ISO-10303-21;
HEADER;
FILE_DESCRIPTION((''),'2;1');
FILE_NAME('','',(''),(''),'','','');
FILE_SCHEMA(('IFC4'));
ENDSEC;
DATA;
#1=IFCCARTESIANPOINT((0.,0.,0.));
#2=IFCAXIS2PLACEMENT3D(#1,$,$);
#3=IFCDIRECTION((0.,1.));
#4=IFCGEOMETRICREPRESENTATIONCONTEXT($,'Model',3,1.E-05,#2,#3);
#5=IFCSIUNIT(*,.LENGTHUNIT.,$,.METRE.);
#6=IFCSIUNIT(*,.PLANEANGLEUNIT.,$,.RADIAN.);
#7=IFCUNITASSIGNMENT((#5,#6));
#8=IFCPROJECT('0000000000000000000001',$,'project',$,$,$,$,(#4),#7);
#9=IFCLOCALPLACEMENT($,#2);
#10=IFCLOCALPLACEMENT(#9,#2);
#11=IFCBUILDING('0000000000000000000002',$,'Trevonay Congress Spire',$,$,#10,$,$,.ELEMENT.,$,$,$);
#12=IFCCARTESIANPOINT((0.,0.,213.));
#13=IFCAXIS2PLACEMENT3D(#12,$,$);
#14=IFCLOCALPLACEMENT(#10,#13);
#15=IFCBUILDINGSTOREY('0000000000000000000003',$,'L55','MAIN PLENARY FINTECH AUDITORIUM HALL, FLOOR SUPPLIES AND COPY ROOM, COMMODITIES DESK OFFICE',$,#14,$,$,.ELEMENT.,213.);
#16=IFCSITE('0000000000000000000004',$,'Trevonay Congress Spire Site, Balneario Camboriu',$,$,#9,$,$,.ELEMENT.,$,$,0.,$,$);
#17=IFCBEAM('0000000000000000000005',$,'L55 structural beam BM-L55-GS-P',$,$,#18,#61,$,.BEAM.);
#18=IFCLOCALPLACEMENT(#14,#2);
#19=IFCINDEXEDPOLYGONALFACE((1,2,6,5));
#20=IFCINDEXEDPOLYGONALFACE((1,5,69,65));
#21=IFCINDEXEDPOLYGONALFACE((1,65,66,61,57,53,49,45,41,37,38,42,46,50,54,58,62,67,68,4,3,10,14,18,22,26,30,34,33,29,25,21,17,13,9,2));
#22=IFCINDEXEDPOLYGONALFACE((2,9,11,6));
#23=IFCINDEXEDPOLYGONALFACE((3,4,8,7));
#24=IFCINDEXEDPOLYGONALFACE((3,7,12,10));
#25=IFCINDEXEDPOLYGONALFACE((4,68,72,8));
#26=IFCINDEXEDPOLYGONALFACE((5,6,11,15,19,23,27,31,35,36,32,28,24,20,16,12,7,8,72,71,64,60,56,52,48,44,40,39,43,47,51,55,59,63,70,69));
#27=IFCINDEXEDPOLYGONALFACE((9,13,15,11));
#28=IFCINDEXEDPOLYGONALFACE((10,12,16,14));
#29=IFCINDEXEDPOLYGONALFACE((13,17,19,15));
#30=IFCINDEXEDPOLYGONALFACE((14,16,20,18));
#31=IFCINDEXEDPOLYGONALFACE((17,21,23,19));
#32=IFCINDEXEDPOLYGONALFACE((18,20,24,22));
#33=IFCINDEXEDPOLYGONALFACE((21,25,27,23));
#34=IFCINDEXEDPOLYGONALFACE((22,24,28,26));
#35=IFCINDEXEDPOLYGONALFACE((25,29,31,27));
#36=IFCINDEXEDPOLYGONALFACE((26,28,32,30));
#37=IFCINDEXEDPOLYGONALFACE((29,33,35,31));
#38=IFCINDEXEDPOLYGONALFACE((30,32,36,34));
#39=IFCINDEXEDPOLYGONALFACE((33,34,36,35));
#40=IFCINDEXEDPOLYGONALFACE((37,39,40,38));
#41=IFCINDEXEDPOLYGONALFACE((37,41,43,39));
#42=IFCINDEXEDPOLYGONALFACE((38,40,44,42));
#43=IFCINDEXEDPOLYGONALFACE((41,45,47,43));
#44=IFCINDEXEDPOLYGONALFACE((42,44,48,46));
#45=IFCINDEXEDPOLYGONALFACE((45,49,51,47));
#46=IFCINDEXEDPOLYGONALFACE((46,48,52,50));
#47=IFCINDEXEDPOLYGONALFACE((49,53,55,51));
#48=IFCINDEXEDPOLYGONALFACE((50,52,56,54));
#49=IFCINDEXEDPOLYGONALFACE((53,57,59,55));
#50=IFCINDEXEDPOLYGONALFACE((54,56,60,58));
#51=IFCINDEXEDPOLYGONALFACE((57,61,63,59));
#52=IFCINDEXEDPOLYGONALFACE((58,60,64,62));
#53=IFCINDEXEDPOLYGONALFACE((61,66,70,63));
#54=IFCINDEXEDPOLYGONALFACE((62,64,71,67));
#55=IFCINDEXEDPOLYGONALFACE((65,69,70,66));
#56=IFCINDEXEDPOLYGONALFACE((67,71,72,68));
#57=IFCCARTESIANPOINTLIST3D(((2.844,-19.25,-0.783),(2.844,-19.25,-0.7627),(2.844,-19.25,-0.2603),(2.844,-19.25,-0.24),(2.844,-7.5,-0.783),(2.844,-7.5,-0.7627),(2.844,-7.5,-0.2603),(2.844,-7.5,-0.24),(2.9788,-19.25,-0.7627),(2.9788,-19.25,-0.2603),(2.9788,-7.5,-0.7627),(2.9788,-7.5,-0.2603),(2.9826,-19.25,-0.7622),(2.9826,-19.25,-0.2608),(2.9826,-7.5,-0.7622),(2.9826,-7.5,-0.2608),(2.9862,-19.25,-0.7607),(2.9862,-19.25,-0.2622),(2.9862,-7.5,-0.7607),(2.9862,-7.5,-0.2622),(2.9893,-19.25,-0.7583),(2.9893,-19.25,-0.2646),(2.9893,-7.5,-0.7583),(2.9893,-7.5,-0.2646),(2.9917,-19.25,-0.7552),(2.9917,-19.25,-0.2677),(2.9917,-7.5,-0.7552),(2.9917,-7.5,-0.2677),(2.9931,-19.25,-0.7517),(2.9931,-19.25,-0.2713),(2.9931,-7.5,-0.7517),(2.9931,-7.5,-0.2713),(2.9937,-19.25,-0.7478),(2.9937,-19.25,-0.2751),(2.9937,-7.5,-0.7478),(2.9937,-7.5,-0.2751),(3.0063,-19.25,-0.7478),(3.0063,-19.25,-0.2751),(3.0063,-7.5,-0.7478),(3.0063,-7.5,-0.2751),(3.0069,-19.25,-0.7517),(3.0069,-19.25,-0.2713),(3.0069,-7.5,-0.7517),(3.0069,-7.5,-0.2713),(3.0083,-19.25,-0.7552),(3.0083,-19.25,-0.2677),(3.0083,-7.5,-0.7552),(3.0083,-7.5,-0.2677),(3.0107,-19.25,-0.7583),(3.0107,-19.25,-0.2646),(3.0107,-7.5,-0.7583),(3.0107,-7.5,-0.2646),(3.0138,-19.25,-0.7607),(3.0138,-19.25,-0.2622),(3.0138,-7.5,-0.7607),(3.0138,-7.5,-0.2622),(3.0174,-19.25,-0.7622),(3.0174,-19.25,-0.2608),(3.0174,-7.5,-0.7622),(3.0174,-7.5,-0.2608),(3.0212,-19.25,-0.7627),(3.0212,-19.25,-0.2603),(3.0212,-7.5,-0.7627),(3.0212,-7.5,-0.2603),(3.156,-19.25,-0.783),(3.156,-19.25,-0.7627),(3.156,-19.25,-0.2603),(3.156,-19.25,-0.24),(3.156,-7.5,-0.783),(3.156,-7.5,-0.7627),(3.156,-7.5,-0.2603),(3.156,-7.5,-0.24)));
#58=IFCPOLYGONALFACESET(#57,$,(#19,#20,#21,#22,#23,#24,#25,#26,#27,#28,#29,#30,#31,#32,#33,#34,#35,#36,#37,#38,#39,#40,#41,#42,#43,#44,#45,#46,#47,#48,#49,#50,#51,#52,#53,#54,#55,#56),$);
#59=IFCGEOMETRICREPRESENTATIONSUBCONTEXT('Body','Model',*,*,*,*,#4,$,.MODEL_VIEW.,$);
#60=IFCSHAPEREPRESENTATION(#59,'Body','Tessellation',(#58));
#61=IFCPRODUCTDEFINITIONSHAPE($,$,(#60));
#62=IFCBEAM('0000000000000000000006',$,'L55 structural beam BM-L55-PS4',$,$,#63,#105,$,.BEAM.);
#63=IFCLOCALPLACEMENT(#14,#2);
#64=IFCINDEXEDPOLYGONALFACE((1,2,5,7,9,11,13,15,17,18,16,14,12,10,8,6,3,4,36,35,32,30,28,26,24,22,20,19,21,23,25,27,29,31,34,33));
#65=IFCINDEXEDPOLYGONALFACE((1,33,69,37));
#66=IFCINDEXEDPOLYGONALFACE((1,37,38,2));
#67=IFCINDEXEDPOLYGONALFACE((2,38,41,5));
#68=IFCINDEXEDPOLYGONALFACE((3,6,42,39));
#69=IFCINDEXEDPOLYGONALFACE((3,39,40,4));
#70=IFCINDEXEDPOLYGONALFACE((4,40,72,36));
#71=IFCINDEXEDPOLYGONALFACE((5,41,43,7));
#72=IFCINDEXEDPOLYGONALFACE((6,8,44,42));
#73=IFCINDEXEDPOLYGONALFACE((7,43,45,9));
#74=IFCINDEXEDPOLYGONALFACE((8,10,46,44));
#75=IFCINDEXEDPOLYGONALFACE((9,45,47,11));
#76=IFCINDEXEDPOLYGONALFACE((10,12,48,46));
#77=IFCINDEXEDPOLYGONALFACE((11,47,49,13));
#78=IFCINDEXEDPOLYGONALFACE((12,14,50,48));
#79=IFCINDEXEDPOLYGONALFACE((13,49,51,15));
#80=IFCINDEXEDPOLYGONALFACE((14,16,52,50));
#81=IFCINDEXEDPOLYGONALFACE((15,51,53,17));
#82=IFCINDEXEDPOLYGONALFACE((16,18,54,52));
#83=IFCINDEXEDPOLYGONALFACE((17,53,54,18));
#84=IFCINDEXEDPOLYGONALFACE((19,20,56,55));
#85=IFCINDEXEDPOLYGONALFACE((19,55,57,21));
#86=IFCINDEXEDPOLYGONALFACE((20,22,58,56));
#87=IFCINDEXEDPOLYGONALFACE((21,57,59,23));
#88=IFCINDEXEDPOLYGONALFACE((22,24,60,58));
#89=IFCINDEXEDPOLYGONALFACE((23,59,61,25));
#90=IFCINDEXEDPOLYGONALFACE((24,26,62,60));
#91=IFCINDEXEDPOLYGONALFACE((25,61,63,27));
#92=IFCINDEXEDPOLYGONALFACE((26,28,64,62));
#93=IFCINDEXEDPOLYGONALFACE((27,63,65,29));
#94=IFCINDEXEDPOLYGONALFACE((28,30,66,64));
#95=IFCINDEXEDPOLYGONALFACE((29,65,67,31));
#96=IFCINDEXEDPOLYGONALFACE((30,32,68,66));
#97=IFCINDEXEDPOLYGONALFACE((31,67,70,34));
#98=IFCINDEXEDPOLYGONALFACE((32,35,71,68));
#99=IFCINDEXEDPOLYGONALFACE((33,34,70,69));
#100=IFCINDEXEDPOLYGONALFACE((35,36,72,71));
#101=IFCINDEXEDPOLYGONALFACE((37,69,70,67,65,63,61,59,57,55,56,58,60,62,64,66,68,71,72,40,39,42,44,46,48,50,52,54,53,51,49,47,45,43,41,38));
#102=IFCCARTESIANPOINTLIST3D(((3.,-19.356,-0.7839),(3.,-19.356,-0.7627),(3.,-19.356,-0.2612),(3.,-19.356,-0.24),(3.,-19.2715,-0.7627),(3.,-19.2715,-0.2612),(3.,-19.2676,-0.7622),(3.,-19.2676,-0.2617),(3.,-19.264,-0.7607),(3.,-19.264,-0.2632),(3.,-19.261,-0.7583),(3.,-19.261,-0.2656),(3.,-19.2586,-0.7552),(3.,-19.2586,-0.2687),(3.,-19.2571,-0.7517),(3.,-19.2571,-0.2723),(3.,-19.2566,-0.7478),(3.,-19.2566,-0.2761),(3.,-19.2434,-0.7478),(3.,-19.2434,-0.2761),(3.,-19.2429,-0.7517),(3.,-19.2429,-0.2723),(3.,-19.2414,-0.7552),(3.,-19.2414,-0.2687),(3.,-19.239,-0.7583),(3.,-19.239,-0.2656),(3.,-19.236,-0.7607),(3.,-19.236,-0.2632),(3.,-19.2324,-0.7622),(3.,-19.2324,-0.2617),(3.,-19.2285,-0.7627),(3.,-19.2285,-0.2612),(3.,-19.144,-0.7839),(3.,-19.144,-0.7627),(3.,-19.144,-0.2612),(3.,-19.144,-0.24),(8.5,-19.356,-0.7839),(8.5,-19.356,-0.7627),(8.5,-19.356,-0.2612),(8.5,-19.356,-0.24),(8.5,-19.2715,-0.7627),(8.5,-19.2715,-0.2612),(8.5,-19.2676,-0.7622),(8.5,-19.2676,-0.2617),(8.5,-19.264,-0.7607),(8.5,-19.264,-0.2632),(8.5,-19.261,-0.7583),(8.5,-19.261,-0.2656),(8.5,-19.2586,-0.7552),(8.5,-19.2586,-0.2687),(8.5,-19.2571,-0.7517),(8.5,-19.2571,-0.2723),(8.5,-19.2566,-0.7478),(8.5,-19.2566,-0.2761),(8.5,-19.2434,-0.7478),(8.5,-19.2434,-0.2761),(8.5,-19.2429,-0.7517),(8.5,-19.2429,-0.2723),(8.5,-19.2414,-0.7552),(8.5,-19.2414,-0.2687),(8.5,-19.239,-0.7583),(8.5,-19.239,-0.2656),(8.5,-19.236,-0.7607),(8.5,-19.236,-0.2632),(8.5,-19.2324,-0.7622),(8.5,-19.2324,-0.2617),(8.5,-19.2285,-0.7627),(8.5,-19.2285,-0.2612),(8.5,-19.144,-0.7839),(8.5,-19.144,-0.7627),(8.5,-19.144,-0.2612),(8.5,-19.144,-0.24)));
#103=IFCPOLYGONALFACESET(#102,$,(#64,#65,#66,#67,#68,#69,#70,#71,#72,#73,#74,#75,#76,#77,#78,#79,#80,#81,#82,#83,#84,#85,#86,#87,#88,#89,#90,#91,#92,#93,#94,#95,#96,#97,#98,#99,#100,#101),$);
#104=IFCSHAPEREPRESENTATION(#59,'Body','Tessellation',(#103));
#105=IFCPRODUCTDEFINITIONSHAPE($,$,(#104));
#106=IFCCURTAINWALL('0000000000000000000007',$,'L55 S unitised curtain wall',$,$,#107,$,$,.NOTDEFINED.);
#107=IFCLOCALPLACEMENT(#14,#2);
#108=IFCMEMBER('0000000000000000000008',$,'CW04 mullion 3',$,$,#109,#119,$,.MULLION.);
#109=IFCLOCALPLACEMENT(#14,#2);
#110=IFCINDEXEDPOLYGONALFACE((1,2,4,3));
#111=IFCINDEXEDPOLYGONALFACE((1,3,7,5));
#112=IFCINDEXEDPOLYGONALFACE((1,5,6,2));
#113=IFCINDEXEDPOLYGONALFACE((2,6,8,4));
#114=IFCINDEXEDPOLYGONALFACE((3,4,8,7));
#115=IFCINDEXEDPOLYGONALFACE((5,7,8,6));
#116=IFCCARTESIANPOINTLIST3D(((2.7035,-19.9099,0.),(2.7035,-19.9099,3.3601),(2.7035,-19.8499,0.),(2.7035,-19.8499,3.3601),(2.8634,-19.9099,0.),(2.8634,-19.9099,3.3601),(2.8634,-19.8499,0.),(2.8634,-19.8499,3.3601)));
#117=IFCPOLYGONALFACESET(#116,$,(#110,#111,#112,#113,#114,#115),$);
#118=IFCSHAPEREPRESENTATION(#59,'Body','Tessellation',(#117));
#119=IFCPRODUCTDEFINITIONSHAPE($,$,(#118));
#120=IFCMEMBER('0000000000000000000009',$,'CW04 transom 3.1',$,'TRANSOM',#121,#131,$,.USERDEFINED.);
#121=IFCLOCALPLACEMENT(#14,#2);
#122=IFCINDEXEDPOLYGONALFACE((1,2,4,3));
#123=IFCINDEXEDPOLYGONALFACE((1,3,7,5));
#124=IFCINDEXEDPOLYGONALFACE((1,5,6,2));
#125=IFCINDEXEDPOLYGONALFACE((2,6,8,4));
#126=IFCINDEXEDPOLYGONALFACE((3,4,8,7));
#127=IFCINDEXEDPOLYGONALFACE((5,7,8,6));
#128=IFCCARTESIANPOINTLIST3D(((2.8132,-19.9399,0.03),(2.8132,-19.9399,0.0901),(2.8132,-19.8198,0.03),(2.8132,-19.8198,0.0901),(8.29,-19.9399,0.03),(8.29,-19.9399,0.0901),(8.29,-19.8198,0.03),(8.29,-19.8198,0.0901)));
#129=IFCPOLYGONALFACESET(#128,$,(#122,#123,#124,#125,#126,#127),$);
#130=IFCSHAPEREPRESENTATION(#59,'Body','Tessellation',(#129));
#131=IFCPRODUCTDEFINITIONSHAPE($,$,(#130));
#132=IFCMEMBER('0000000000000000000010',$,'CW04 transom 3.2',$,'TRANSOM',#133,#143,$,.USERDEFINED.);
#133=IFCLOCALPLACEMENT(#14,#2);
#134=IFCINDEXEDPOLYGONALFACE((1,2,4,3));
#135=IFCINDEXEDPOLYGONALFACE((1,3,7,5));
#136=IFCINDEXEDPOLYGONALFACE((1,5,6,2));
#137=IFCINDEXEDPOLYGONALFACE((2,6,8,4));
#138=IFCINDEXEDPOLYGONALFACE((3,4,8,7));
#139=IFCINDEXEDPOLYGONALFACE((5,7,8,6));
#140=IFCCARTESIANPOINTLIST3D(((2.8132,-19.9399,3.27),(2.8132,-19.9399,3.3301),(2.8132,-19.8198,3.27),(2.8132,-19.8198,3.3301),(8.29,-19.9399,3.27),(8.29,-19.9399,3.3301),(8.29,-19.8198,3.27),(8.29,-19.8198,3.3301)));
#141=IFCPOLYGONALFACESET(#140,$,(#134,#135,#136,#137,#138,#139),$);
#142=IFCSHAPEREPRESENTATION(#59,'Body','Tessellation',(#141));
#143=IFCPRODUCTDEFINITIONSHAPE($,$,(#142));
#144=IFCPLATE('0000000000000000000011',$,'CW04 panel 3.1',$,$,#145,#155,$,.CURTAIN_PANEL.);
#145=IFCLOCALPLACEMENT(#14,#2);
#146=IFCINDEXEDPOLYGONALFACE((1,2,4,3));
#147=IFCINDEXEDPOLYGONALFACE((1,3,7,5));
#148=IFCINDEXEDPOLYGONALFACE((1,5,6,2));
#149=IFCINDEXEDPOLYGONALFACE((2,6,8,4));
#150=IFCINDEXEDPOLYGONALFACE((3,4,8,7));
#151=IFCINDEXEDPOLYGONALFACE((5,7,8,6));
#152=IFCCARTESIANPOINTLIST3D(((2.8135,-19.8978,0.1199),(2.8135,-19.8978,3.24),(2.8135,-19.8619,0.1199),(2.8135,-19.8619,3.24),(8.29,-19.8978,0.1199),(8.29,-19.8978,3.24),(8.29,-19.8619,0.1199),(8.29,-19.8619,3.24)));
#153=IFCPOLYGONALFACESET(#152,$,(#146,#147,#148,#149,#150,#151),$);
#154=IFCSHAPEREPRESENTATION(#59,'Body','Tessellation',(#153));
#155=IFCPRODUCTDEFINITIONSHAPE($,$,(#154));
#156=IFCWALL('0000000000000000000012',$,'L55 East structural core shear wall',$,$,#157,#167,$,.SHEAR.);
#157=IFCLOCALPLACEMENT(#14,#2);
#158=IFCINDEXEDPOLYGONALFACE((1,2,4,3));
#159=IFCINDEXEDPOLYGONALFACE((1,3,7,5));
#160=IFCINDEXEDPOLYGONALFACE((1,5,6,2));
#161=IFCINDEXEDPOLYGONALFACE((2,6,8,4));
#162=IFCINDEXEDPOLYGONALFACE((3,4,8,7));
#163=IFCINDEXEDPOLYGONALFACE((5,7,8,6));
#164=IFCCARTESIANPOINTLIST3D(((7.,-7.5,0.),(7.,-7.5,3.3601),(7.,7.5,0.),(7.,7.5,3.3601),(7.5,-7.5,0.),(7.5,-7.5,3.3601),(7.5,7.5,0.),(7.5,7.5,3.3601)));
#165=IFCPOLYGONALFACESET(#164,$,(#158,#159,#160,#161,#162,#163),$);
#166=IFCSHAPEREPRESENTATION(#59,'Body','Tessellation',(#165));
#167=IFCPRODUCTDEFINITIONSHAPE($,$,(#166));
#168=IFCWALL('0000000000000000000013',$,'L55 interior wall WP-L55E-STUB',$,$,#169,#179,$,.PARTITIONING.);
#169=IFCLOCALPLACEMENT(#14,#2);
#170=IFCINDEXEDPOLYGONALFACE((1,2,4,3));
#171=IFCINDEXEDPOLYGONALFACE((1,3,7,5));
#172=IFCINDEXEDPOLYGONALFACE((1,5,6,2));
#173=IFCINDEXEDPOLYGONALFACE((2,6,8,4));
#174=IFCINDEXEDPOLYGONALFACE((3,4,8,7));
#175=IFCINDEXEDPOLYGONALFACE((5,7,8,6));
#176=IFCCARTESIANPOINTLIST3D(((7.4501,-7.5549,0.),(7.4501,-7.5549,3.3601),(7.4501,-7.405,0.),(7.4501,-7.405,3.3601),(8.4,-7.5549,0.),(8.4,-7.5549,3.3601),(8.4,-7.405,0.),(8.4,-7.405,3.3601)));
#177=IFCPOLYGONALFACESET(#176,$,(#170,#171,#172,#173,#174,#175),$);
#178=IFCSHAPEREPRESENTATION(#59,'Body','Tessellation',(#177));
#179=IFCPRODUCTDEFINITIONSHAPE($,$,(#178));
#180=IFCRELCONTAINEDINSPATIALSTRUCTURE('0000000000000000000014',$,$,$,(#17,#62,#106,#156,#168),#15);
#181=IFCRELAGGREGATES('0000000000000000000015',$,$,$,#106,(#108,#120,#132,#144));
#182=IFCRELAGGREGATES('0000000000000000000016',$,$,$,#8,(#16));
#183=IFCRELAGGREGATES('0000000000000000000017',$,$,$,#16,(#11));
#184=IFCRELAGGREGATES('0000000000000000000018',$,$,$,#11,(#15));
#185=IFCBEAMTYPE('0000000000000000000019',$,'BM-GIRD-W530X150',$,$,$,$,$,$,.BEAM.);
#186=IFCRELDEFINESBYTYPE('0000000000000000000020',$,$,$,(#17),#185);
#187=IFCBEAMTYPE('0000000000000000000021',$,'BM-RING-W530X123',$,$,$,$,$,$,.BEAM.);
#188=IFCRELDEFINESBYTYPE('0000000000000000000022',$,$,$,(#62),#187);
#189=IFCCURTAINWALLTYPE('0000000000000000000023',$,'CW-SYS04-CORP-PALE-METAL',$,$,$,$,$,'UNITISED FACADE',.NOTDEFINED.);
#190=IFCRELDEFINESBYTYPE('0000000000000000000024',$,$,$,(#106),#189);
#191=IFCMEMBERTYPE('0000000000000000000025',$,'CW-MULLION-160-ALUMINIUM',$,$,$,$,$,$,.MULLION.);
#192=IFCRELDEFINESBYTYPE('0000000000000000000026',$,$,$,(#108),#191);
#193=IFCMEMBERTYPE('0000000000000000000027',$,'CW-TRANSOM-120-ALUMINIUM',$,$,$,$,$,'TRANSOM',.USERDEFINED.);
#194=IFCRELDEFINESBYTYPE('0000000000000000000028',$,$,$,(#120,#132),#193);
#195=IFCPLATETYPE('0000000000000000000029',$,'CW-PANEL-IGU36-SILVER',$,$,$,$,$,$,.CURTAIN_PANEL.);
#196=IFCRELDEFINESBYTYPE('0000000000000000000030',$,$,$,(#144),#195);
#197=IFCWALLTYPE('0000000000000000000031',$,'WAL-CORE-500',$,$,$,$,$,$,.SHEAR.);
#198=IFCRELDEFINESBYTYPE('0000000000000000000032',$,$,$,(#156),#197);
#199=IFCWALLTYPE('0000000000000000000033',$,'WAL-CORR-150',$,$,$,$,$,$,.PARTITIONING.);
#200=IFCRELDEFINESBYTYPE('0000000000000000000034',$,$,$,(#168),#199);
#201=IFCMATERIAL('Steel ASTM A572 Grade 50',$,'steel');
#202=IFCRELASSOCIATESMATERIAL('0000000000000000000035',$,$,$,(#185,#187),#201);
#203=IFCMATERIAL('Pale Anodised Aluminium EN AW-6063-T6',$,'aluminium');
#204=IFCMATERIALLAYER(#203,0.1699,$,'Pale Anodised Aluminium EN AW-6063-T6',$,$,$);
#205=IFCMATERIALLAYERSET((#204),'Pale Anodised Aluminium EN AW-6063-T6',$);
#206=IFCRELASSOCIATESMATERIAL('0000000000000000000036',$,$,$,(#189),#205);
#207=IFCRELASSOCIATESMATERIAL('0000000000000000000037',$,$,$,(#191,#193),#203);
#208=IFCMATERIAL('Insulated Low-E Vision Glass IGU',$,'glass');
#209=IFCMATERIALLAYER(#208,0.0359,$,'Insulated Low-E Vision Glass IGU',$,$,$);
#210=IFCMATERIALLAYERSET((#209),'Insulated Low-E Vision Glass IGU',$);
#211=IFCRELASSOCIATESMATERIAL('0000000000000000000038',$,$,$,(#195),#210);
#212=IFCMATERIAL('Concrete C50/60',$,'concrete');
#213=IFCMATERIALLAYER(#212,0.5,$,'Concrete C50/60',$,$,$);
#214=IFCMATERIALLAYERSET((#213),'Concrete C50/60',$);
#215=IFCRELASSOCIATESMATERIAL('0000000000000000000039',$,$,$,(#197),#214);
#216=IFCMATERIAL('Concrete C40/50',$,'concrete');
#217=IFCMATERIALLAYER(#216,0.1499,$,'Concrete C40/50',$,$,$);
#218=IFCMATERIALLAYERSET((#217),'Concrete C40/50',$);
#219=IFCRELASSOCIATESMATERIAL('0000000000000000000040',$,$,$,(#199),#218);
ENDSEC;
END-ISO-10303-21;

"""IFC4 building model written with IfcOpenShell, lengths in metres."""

from ifc_helpers import new_model, si_unit, direction, frame, frame_2d, origin, origin_2d, place, context, subcontext, project, spatial, rectangle, i_section, extrude, material, layer, layer_set, material_profile, profile_set, type_object, element, aggregate, save


model = new_model("IFC4")

# Units and contexts
model_context = context("Model", 3, precision=1e-05, world=origin(), true_north=direction((0.0, 1.0)))
body_context = subcontext(model_context, "Body", "Model", "MODEL_VIEW")
ifc_project = project(units=[si_unit("LENGTHUNIT", "METRE"), si_unit("PLANEANGLEUNIT", "RADIAN")], contexts=[model_context])

# Site, building, storey
site_placement = place(None, origin())
site = spatial("IfcSite", under=ifc_project, at=site_placement, Name="Trevonay Congress Spire Site, Balneario Camboriu", CompositionType="ELEMENT", RefElevation=0.0)
building_placement = place(site_placement, origin())
building = spatial("IfcBuilding", under=site, at=building_placement, Name="Trevonay Congress Spire", CompositionType="ELEMENT")
storey_placement = place(building_placement, frame((0.0, 0.0, 213.0)))
storey = spatial("IfcBuildingStorey", under=building, at=storey_placement, Name="L55", Description="MAIN PLENARY FINTECH AUDITORIUM HALL, FLOOR SUPPLIES AND COPY ROOM, COMMODITIES DESK OFFICE", CompositionType="ELEMENT", Elevation=213.0)

# Shared definitions
ifc_material_1 = material(Name="Steel ASTM A572 Grade 50", Category="steel")

# Beams
ifc_material_profile_1 = material_profile(ifc_material_1, i_section(OverallWidth=0.312, OverallDepth=0.543, WebThickness=0.0127, FlangeThickness=0.0203, FilletRadius=0.0149, at=origin_2d()), Name="W530x150")
ifc_profile_set_1 = profile_set([ifc_material_profile_1], Name="Steel ASTM A572 Grade 50")
beam_type_1 = type_object("IfcBeamType", Name="BM-GIRD-W530X150", PredefinedType="BEAM", material=ifc_profile_set_1)
beam_1_placement = place(storey_placement, frame((3.0, -7.5, -0.5115), z_axis=(0.0, -1.0, 0.0), x_axis=(1.0, 0.0, 0.0)))
element("IfcBeam", 1, at=beam_1_placement, inside=storey, type_object=beam_type_1, Name="L55 structural beam BM-L55-GS-P", PredefinedType="BEAM", context=body_context, shape_type="SweptSolid", body=[
    extrude(i_section(OverallWidth=0.312, OverallDepth=0.543, WebThickness=0.0127, FlangeThickness=0.0203, FilletRadius=0.0149, at=origin_2d()), origin(), (0.0, 0.0, 1.0), 11.75),
])
ifc_material_profile_2 = material_profile(ifc_material_1, i_section(OverallWidth=0.2119, OverallDepth=0.5439, WebThickness=0.0132, FlangeThickness=0.0212, FilletRadius=0.0149, at=origin_2d()), Name="W530x123")
ifc_profile_set_2 = profile_set([ifc_material_profile_2], Name="Steel ASTM A572 Grade 50")
beam_type_2 = type_object("IfcBeamType", Name="BM-RING-W530X123", PredefinedType="BEAM", material=ifc_profile_set_2)
beam_2_placement = place(storey_placement, frame((3.0, -19.25, -0.512), z_axis=(1.0, 0.0, 0.0), x_axis=(0.0, 1.0, 0.0)))
element("IfcBeam", 2, at=beam_2_placement, inside=storey, type_object=beam_type_2, Name="L55 structural beam BM-L55-PS4", PredefinedType="BEAM", context=body_context, shape_type="SweptSolid", body=[
    extrude(i_section(OverallWidth=0.2119, OverallDepth=0.5439, WebThickness=0.0132, FlangeThickness=0.0212, FilletRadius=0.0149, at=origin_2d()), origin(), (0.0, 0.0, 1.0), 5.5),
])

# Curtain wall, members, plate
ifc_material_2 = material(Name="Pale Anodised Aluminium EN AW-6063-T6", Category="aluminium")
ifc_layer_1 = layer(ifc_material_2, 0.1699, Name="Pale Anodised Aluminium EN AW-6063-T6")
ifc_layer_set_1 = layer_set([ifc_layer_1], Name="Pale Anodised Aluminium EN AW-6063-T6")
curtain_wall_type = type_object("IfcCurtainWallType", Name="CW-SYS04-CORP-PALE-METAL", ElementType="UNITISED FACADE", PredefinedType="NOTDEFINED", material=ifc_layer_set_1)
curtain_wall_placement = place(storey_placement, origin())
curtain_wall = element("IfcCurtainWall", 3, at=curtain_wall_placement, inside=storey, type_object=curtain_wall_type, Name="L55 S unitised curtain wall", PredefinedType="NOTDEFINED")
ifc_material_profile_3 = material_profile(ifc_material_2, rectangle(XDim=0.0601, YDim=0.1599, at=origin_2d()), Name="CW-MULLION-160-ALUMINIUM")
ifc_profile_set_3 = profile_set([ifc_material_profile_3], Name="Pale Anodised Aluminium EN AW-6063-T6")
member_type_1 = type_object("IfcMemberType", Name="CW-MULLION-160-ALUMINIUM", PredefinedType="MULLION", material=ifc_profile_set_3)
member_1_placement = place(storey_placement, frame((2.7834, -19.8799, 0.0), z_axis=(0.0, 0.0, 1.0), x_axis=(0.0, 1.0, 0.0)))
member_1 = element("IfcMember", 4, at=member_1_placement, type_object=member_type_1, Name="CW04 mullion 3", PredefinedType="MULLION", context=body_context, shape_type="SweptSolid", body=[
    extrude(rectangle(XDim=0.0601, YDim=0.1599, at=origin_2d()), origin(), (0.0, 0.0, 1.0), 3.3601),
])
ifc_material_profile_4 = material_profile(ifc_material_2, rectangle(XDim=0.1201, YDim=0.0601, at=origin_2d()), Name="CW-TRANSOM-120-ALUMINIUM")
ifc_profile_set_4 = profile_set([ifc_material_profile_4], Name="Pale Anodised Aluminium EN AW-6063-T6")
member_type_2 = type_object("IfcMemberType", Name="CW-TRANSOM-120-ALUMINIUM", ElementType="TRANSOM", PredefinedType="USERDEFINED", material=ifc_profile_set_4)
member_2_placement = place(storey_placement, frame((2.8132, -19.8799, 0.0601), z_axis=(1.0, 0.0, 0.0), x_axis=(0.0, 1.0, 0.0)))
member_2 = element("IfcMember", 5, at=member_2_placement, type_object=member_type_2, Name="CW04 transom 3.1", ObjectType="TRANSOM", PredefinedType="USERDEFINED", context=body_context, shape_type="SweptSolid", body=[
    extrude(rectangle(XDim=0.1201, YDim=0.0601, at=origin_2d()), origin(), (0.0, 0.0, 1.0), 5.4768),
])
member_3_placement = place(storey_placement, frame((2.8132, -19.8799, 3.3), z_axis=(1.0, 0.0, 0.0), x_axis=(0.0, 1.0, 0.0)))
member_3 = element("IfcMember", 6, at=member_3_placement, type_object=member_type_2, Name="CW04 transom 3.2", ObjectType="TRANSOM", PredefinedType="USERDEFINED", context=body_context, shape_type="SweptSolid", body=[
    extrude(rectangle(XDim=0.1201, YDim=0.0601, at=origin_2d()), origin(), (0.0, 0.0, 1.0), 5.4768),
])
ifc_material_3 = material(Name="Insulated Low-E Vision Glass IGU", Category="glass")
ifc_layer_2 = layer(ifc_material_3, 0.0359, Name="Insulated Low-E Vision Glass IGU")
ifc_layer_set_2 = layer_set([ifc_layer_2], Name="Insulated Low-E Vision Glass IGU")
plate_type = type_object("IfcPlateType", Name="CW-PANEL-IGU36-SILVER", PredefinedType="CURTAIN_PANEL", material=ifc_layer_set_2)
plate_placement = place(storey_placement, frame((5.5518, -19.8799, 0.1199), z_axis=(0.0, 0.0, 1.0), x_axis=(1.0, 0.0, 0.0)))
plate = element("IfcPlate", 7, at=plate_placement, type_object=plate_type, Name="CW04 panel 3.1", PredefinedType="CURTAIN_PANEL", context=body_context, shape_type="SweptSolid", body=[
    extrude(rectangle(XDim=5.4766, YDim=0.0359, at=origin_2d()), origin(), (0.0, 0.0, 1.0), 3.1201),
])
aggregate(curtain_wall, [member_1, member_2, member_3, plate])

# Walls
ifc_material_4 = material(Name="Concrete C50/60", Category="concrete")
ifc_layer_3 = layer(ifc_material_4, 0.5, Name="Concrete C50/60")
ifc_layer_set_3 = layer_set([ifc_layer_3], Name="Concrete C50/60")
wall_type_1 = type_object("IfcWallType", Name="WAL-CORE-500", PredefinedType="SHEAR", material=ifc_layer_set_3)
wall_1_placement = place(storey_placement, frame((7.25, -7.5, 0.0), z_axis=(0.0, 0.0, 1.0), x_axis=(0.0, 1.0, 0.0)))
element("IfcWall", 8, at=wall_1_placement, inside=storey, type_object=wall_type_1, Name="L55 East structural core shear wall", PredefinedType="SHEAR", context=body_context, shape_type="SweptSolid", body=[
    extrude(rectangle(XDim=15.0, YDim=0.5, at=frame_2d((7.5, 0.0))), origin(), (0.0, 0.0, 1.0), 3.3601),
])
ifc_material_5 = material(Name="Concrete C40/50", Category="concrete")
ifc_layer_4 = layer(ifc_material_5, 0.1499, Name="Concrete C40/50")
ifc_layer_set_4 = layer_set([ifc_layer_4], Name="Concrete C40/50")
wall_type_2 = type_object("IfcWallType", Name="WAL-CORR-150", PredefinedType="PARTITIONING", material=ifc_layer_set_4)
wall_2_placement = place(storey_placement, frame((7.45, -7.48, 0.0), z_axis=(0.0, 0.0, 1.0), x_axis=(1.0, 0.0, 0.0)))
element("IfcWall", 9, at=wall_2_placement, inside=storey, type_object=wall_type_2, Name="L55 interior wall WP-L55E-STUB", PredefinedType="PARTITIONING", context=body_context, shape_type="SweptSolid", body=[
    extrude(rectangle(XDim=0.95, YDim=0.1499, at=frame_2d((0.4751, 0.0))), origin(), (0.0, 0.0, 1.0), 3.3601),
])

save(model, "model.ifc")
